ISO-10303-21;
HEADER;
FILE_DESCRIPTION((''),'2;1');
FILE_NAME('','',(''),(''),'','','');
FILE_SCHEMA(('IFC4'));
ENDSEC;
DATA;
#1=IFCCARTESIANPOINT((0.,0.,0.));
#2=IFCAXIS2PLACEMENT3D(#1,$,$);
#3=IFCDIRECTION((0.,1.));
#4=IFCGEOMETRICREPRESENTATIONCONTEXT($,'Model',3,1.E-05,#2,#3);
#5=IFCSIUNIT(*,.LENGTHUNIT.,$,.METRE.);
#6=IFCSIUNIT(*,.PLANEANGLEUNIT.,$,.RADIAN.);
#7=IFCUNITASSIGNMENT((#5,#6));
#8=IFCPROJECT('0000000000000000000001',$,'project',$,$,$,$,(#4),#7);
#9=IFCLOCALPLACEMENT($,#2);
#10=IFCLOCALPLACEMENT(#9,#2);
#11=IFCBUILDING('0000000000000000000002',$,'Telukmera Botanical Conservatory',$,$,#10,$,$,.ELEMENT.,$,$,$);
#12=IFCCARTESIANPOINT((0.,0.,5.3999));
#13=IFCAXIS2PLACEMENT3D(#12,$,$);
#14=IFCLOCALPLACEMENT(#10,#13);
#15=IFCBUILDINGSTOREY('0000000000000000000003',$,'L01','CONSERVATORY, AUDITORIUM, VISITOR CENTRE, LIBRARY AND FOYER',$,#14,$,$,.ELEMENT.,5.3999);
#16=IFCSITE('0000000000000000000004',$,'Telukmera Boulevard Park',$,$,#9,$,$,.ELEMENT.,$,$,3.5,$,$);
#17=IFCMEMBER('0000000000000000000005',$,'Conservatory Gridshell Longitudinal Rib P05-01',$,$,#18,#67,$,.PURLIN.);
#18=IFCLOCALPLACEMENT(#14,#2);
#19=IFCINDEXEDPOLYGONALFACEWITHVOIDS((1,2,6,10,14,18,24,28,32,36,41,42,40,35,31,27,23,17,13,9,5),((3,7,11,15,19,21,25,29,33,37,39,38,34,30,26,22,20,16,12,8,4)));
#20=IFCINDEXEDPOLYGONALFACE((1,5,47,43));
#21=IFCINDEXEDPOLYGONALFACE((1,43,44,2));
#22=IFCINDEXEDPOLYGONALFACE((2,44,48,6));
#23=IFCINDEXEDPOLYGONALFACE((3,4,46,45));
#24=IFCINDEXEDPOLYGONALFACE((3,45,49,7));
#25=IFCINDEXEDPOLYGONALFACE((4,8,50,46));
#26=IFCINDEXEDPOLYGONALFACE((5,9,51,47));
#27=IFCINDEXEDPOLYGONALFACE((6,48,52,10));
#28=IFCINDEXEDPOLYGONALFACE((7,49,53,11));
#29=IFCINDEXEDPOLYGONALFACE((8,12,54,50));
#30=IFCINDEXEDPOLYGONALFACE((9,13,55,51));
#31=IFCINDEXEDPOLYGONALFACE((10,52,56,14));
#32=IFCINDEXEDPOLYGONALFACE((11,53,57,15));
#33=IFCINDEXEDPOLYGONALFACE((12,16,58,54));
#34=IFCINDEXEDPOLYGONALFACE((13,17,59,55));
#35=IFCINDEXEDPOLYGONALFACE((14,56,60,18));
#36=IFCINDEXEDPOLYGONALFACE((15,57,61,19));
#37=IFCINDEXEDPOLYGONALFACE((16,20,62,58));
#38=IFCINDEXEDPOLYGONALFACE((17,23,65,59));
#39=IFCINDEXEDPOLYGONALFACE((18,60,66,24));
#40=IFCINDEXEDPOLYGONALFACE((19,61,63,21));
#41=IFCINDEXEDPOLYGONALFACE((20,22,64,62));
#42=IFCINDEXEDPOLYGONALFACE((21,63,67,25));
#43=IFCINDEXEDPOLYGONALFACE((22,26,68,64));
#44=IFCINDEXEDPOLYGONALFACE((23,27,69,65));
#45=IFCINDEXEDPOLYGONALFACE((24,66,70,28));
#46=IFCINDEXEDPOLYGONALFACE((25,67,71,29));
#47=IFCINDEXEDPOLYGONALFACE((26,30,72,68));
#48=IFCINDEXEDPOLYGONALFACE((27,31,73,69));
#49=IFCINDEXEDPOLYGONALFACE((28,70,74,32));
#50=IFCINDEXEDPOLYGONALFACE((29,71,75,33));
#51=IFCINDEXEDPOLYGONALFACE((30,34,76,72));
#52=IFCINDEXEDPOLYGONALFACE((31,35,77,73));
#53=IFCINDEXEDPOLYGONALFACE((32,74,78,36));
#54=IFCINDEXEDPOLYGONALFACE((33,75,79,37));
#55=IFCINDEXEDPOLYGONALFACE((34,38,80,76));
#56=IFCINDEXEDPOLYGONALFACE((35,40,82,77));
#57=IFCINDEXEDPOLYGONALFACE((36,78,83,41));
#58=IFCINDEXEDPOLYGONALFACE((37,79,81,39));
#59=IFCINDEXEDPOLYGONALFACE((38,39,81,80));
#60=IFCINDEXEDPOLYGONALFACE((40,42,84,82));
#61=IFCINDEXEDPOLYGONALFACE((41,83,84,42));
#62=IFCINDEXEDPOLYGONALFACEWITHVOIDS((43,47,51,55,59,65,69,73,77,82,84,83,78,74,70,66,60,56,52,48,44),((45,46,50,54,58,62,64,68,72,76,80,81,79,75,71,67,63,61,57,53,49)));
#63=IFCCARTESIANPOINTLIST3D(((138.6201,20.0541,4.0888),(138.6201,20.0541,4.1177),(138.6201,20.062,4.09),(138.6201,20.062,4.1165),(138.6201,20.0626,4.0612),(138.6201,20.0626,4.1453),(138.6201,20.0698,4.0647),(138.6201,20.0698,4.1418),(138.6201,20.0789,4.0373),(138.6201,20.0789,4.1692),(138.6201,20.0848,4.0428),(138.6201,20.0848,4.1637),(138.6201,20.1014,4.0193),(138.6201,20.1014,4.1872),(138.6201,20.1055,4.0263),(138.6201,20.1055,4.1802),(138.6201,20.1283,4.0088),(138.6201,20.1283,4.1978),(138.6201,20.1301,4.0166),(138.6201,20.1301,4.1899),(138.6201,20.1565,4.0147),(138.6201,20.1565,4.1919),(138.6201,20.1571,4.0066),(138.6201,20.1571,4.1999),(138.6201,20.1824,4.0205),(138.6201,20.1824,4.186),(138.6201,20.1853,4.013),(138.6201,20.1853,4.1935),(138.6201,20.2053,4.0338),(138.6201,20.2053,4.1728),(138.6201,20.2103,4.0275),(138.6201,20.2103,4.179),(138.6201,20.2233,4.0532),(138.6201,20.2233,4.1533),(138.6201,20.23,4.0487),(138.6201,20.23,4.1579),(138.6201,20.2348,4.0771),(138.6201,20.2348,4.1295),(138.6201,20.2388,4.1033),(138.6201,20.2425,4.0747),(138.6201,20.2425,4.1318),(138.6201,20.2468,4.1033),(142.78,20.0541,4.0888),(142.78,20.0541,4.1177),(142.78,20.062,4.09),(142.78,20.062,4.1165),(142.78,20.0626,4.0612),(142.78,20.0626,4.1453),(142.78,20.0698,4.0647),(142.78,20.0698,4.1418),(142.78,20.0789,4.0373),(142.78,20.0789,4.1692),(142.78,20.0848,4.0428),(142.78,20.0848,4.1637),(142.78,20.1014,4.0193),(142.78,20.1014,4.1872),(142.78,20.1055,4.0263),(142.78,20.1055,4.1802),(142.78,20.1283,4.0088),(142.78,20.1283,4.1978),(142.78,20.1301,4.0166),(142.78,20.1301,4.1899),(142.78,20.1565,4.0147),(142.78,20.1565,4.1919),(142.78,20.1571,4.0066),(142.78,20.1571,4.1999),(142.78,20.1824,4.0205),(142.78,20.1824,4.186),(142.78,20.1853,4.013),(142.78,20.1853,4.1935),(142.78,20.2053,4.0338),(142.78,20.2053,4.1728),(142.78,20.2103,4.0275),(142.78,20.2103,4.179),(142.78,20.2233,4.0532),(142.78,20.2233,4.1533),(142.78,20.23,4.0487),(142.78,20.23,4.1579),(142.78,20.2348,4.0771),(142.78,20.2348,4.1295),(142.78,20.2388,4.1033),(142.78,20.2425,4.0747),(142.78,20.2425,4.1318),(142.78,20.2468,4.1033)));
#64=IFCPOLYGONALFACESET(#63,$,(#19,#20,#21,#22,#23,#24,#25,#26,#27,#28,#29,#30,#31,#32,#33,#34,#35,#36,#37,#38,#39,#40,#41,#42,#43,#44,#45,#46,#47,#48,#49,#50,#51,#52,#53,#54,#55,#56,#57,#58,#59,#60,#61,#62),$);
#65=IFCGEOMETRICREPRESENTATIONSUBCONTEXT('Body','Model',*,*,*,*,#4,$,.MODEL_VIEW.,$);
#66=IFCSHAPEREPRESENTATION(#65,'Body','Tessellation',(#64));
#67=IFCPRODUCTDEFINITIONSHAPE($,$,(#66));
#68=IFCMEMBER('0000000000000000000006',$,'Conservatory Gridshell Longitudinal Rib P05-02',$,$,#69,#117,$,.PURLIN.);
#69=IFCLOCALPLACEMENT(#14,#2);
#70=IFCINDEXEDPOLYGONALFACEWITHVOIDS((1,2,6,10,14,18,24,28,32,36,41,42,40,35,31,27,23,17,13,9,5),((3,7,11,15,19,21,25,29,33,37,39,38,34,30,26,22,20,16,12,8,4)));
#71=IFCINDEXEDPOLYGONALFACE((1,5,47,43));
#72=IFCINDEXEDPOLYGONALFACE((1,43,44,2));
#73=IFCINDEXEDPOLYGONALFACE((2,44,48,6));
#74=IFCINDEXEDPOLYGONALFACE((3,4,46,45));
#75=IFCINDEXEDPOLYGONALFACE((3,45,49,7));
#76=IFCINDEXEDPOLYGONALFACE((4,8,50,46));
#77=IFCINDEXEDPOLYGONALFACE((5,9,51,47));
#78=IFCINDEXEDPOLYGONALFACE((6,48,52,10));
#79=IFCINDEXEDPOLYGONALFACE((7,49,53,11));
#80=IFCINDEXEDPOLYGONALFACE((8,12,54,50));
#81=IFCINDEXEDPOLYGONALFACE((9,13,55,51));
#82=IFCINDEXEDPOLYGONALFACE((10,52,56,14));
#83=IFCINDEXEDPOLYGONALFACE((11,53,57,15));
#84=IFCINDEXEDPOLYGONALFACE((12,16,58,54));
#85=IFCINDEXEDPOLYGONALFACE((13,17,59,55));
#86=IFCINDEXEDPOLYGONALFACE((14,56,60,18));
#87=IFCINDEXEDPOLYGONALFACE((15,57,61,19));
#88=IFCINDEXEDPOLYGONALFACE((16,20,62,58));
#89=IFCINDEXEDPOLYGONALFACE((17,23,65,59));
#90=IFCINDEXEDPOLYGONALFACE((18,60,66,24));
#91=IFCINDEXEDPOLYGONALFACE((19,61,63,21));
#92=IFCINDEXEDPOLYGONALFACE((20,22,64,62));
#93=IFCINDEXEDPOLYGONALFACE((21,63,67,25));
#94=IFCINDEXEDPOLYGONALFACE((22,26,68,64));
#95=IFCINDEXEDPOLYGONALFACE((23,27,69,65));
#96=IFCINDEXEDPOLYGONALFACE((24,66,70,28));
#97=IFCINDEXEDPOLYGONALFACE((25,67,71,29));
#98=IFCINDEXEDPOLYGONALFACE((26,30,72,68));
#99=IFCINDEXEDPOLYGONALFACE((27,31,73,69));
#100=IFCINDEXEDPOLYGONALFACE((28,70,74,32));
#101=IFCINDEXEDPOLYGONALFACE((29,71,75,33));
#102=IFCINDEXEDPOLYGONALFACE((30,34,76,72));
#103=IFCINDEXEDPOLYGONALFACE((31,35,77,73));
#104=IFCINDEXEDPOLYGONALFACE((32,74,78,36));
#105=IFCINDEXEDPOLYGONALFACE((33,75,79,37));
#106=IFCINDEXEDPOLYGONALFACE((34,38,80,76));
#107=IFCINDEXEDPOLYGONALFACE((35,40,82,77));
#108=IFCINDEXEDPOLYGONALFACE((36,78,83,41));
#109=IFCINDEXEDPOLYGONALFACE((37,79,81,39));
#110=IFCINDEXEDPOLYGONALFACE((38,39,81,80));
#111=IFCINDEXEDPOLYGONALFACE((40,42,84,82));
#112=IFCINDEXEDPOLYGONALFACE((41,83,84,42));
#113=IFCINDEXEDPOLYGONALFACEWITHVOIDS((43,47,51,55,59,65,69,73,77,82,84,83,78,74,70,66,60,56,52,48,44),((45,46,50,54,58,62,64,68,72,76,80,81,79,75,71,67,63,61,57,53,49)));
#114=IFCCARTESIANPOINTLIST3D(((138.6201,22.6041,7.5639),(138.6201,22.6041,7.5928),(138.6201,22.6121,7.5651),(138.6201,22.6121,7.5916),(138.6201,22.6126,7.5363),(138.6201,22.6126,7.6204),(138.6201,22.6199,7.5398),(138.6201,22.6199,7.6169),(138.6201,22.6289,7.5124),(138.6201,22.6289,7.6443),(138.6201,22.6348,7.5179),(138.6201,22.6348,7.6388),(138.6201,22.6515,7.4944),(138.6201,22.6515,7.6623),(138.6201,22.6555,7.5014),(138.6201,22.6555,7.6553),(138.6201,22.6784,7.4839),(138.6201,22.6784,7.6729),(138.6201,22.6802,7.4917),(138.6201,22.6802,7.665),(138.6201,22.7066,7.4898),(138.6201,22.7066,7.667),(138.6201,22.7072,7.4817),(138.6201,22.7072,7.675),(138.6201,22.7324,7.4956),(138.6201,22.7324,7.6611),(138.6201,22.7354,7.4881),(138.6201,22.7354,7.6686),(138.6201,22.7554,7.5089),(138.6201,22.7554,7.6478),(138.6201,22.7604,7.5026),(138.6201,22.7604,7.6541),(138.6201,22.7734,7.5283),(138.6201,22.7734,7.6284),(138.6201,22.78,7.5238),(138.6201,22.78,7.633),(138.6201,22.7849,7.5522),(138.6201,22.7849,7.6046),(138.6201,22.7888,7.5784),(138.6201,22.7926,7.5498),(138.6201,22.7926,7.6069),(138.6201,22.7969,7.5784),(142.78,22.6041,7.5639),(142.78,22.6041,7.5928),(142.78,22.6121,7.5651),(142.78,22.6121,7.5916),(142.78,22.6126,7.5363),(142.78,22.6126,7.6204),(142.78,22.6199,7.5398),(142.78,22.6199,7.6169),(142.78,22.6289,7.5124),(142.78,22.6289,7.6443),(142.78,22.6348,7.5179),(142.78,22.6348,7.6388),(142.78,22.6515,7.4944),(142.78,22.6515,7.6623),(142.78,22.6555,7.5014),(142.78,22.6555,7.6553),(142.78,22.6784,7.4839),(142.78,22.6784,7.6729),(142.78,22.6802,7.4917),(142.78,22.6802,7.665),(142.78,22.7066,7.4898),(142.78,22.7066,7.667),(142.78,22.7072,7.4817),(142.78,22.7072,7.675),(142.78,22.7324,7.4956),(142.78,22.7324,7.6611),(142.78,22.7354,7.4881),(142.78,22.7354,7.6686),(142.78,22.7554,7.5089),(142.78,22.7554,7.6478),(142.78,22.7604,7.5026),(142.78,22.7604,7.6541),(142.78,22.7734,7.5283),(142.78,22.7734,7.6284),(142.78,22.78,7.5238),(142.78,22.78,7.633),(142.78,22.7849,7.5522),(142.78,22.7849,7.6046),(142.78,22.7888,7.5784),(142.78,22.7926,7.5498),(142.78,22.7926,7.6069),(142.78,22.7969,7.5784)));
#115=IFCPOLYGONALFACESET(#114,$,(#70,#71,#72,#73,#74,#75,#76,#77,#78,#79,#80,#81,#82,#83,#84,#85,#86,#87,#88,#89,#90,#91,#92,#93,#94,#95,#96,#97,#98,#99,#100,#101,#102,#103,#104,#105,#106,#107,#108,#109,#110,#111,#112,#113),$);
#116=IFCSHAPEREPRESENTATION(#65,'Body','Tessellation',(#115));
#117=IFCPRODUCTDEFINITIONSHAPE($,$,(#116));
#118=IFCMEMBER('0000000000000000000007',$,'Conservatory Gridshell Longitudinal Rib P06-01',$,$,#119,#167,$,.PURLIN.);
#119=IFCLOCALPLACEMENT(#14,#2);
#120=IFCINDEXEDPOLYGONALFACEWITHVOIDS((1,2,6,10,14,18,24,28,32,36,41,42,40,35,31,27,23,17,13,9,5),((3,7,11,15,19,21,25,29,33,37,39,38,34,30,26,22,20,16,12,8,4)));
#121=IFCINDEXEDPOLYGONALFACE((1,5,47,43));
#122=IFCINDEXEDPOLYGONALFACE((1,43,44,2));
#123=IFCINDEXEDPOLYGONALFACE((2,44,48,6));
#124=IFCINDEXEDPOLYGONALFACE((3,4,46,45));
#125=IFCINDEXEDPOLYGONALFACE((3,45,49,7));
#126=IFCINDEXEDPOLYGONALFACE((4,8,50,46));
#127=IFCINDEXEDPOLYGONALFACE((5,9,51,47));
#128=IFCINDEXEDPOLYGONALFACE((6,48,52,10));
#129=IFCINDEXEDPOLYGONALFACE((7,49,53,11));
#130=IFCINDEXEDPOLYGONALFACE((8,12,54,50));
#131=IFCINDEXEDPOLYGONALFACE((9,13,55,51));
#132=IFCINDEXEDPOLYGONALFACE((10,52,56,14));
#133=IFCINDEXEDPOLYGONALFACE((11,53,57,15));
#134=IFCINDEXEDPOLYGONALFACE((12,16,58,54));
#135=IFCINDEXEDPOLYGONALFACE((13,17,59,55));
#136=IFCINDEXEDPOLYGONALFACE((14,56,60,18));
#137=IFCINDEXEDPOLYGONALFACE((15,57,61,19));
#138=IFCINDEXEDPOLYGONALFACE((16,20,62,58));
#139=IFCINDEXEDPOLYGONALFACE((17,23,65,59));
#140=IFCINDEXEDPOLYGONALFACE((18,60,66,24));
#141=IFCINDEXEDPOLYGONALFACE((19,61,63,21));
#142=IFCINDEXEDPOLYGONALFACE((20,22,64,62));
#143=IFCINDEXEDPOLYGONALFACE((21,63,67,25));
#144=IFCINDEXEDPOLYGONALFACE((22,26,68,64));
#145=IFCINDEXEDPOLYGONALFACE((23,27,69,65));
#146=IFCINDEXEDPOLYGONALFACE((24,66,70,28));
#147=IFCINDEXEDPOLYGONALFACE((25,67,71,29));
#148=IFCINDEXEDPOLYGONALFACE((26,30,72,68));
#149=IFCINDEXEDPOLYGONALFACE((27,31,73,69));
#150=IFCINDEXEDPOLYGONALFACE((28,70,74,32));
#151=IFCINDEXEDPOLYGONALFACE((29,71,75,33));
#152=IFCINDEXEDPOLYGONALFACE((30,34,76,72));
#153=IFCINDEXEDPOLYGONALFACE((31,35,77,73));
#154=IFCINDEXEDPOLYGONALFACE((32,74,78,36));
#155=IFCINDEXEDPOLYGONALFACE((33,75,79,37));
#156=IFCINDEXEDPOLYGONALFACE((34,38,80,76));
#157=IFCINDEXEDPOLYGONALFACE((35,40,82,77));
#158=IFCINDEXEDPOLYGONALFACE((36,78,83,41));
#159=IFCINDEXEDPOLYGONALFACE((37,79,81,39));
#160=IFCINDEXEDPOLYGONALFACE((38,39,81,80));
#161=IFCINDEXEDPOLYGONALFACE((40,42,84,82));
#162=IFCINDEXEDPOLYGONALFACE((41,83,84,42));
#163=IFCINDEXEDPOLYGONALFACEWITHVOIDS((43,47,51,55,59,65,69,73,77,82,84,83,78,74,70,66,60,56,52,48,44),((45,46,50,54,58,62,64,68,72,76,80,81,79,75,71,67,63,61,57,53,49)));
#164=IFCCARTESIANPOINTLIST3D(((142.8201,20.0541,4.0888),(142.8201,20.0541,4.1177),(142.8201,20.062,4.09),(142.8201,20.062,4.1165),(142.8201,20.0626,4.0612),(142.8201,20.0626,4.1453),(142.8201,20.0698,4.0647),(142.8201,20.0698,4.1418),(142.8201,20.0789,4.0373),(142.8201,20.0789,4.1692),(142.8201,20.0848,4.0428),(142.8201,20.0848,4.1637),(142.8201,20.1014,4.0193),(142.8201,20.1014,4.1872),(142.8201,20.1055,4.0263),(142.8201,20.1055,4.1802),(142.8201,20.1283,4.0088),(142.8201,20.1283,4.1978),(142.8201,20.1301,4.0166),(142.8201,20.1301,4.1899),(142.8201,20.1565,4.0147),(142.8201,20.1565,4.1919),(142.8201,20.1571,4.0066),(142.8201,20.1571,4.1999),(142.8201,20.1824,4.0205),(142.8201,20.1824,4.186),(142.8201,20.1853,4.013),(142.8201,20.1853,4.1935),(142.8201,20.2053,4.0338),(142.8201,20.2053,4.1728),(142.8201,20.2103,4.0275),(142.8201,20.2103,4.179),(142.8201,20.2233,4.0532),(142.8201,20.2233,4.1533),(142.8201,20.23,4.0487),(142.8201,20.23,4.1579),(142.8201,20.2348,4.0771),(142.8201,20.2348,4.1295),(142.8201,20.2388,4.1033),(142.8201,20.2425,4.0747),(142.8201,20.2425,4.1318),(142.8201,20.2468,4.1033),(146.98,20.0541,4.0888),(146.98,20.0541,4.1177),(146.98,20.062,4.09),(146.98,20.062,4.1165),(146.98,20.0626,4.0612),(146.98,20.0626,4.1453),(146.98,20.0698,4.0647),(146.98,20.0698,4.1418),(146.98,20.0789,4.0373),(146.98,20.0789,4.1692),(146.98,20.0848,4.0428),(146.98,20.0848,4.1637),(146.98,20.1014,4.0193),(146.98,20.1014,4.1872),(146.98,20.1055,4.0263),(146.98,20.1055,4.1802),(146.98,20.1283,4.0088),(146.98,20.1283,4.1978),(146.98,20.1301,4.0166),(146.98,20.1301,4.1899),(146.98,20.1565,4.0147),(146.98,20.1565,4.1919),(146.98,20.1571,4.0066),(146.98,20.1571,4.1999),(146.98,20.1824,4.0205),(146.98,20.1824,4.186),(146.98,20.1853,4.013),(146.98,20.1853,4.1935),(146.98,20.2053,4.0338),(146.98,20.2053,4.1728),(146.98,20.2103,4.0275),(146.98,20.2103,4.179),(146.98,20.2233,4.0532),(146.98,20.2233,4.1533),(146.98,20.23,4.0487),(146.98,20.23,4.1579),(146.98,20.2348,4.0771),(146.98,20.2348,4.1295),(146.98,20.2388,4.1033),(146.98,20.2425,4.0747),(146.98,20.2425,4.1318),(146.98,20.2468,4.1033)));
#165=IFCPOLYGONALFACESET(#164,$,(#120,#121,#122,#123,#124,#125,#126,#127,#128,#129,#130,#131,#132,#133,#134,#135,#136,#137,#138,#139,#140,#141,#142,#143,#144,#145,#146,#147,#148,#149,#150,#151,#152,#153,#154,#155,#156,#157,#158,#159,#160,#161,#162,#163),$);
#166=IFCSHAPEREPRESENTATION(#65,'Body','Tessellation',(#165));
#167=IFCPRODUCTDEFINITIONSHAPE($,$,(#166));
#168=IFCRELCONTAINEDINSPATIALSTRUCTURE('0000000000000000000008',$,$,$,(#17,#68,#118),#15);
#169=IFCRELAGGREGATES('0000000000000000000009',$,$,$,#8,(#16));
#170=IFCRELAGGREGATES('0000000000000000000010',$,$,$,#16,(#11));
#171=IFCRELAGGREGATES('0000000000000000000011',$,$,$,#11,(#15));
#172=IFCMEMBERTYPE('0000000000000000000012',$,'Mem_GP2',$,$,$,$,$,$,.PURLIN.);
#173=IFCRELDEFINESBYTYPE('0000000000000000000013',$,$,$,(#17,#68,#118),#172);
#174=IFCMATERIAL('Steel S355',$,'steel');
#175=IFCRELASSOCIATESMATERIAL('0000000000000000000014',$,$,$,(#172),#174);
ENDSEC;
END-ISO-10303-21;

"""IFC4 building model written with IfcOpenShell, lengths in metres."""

from ifc_helpers import new_model, si_unit, direction, frame, origin, origin_2d, place, context, subcontext, project, spatial, hollow_circle, extrude, material, material_profile, profile_set, type_object, element, save


model = new_model("IFC4")

# Units and contexts
model_context = context("Model", 3, precision=1e-05, world=origin(), true_north=direction((0.0, 1.0)))
body_context = subcontext(model_context, "Body", "Model", "MODEL_VIEW")
ifc_project = project(units=[si_unit("LENGTHUNIT", "METRE"), si_unit("PLANEANGLEUNIT", "RADIAN")], contexts=[model_context])

# Site, building, storey
site_placement = place(None, origin())
site = spatial("IfcSite", under=ifc_project, at=site_placement, Name="Telukmera Boulevard Park", CompositionType="ELEMENT", RefElevation=3.5)
building_placement = place(site_placement, origin())
building = spatial("IfcBuilding", under=site, at=building_placement, Name="Telukmera Botanical Conservatory", CompositionType="ELEMENT")
storey_placement = place(building_placement, frame((0.0, 0.0, 5.3999)))
storey = spatial("IfcBuildingStorey", under=building, at=storey_placement, Name="L01", Description="CONSERVATORY, AUDITORIUM, VISITOR CENTRE, LIBRARY AND FOYER", CompositionType="ELEMENT", Elevation=5.3999)

# Shared definitions
ifc_material_1 = material(Name="Steel S355", Category="steel")

# Members
ifc_material_profile_1 = material_profile(ifc_material_1, hollow_circle(Radius=0.0969, WallThickness=0.0081, at=origin_2d()), Name="CHS 193.7x8.0")
ifc_profile_set_1 = profile_set([ifc_material_profile_1], Name="Steel S355")
member_type_1 = type_object("IfcMemberType", Name="Mem_GP2", PredefinedType="PURLIN", material=ifc_profile_set_1)
for number, where, z_axis, x_axis, name in (
    (1, (138.6201, 20.1499, 4.1033), (1.0, 0.0, 0.0), (0.0, 1.0, 0.0), "Conservatory Gridshell Longitudinal Rib P05-01"),
    (2, (138.6201, 22.7, 7.5784), (1.0, 0.0, 0.0), (0.0, 1.0, 0.0), "Conservatory Gridshell Longitudinal Rib P05-02"),
    (3, (142.8201, 20.1499, 4.1033), (1.0, 0.0, 0.0), (0.0, 1.0, 0.0), "Conservatory Gridshell Longitudinal Rib P06-01"),
):
    element("IfcMember", number, at=place(storey_placement, frame(where, z_axis=z_axis, x_axis=x_axis)), inside=storey, type_object=member_type_1, Name=name, PredefinedType="PURLIN", context=body_context, shape_type="SweptSolid", body=[
        extrude(hollow_circle(Radius=0.0969, WallThickness=0.0081, at=origin_2d()), origin(), (0.0, 0.0, 1.0), 4.1599),
    ])

save(model, "model.ifc")
